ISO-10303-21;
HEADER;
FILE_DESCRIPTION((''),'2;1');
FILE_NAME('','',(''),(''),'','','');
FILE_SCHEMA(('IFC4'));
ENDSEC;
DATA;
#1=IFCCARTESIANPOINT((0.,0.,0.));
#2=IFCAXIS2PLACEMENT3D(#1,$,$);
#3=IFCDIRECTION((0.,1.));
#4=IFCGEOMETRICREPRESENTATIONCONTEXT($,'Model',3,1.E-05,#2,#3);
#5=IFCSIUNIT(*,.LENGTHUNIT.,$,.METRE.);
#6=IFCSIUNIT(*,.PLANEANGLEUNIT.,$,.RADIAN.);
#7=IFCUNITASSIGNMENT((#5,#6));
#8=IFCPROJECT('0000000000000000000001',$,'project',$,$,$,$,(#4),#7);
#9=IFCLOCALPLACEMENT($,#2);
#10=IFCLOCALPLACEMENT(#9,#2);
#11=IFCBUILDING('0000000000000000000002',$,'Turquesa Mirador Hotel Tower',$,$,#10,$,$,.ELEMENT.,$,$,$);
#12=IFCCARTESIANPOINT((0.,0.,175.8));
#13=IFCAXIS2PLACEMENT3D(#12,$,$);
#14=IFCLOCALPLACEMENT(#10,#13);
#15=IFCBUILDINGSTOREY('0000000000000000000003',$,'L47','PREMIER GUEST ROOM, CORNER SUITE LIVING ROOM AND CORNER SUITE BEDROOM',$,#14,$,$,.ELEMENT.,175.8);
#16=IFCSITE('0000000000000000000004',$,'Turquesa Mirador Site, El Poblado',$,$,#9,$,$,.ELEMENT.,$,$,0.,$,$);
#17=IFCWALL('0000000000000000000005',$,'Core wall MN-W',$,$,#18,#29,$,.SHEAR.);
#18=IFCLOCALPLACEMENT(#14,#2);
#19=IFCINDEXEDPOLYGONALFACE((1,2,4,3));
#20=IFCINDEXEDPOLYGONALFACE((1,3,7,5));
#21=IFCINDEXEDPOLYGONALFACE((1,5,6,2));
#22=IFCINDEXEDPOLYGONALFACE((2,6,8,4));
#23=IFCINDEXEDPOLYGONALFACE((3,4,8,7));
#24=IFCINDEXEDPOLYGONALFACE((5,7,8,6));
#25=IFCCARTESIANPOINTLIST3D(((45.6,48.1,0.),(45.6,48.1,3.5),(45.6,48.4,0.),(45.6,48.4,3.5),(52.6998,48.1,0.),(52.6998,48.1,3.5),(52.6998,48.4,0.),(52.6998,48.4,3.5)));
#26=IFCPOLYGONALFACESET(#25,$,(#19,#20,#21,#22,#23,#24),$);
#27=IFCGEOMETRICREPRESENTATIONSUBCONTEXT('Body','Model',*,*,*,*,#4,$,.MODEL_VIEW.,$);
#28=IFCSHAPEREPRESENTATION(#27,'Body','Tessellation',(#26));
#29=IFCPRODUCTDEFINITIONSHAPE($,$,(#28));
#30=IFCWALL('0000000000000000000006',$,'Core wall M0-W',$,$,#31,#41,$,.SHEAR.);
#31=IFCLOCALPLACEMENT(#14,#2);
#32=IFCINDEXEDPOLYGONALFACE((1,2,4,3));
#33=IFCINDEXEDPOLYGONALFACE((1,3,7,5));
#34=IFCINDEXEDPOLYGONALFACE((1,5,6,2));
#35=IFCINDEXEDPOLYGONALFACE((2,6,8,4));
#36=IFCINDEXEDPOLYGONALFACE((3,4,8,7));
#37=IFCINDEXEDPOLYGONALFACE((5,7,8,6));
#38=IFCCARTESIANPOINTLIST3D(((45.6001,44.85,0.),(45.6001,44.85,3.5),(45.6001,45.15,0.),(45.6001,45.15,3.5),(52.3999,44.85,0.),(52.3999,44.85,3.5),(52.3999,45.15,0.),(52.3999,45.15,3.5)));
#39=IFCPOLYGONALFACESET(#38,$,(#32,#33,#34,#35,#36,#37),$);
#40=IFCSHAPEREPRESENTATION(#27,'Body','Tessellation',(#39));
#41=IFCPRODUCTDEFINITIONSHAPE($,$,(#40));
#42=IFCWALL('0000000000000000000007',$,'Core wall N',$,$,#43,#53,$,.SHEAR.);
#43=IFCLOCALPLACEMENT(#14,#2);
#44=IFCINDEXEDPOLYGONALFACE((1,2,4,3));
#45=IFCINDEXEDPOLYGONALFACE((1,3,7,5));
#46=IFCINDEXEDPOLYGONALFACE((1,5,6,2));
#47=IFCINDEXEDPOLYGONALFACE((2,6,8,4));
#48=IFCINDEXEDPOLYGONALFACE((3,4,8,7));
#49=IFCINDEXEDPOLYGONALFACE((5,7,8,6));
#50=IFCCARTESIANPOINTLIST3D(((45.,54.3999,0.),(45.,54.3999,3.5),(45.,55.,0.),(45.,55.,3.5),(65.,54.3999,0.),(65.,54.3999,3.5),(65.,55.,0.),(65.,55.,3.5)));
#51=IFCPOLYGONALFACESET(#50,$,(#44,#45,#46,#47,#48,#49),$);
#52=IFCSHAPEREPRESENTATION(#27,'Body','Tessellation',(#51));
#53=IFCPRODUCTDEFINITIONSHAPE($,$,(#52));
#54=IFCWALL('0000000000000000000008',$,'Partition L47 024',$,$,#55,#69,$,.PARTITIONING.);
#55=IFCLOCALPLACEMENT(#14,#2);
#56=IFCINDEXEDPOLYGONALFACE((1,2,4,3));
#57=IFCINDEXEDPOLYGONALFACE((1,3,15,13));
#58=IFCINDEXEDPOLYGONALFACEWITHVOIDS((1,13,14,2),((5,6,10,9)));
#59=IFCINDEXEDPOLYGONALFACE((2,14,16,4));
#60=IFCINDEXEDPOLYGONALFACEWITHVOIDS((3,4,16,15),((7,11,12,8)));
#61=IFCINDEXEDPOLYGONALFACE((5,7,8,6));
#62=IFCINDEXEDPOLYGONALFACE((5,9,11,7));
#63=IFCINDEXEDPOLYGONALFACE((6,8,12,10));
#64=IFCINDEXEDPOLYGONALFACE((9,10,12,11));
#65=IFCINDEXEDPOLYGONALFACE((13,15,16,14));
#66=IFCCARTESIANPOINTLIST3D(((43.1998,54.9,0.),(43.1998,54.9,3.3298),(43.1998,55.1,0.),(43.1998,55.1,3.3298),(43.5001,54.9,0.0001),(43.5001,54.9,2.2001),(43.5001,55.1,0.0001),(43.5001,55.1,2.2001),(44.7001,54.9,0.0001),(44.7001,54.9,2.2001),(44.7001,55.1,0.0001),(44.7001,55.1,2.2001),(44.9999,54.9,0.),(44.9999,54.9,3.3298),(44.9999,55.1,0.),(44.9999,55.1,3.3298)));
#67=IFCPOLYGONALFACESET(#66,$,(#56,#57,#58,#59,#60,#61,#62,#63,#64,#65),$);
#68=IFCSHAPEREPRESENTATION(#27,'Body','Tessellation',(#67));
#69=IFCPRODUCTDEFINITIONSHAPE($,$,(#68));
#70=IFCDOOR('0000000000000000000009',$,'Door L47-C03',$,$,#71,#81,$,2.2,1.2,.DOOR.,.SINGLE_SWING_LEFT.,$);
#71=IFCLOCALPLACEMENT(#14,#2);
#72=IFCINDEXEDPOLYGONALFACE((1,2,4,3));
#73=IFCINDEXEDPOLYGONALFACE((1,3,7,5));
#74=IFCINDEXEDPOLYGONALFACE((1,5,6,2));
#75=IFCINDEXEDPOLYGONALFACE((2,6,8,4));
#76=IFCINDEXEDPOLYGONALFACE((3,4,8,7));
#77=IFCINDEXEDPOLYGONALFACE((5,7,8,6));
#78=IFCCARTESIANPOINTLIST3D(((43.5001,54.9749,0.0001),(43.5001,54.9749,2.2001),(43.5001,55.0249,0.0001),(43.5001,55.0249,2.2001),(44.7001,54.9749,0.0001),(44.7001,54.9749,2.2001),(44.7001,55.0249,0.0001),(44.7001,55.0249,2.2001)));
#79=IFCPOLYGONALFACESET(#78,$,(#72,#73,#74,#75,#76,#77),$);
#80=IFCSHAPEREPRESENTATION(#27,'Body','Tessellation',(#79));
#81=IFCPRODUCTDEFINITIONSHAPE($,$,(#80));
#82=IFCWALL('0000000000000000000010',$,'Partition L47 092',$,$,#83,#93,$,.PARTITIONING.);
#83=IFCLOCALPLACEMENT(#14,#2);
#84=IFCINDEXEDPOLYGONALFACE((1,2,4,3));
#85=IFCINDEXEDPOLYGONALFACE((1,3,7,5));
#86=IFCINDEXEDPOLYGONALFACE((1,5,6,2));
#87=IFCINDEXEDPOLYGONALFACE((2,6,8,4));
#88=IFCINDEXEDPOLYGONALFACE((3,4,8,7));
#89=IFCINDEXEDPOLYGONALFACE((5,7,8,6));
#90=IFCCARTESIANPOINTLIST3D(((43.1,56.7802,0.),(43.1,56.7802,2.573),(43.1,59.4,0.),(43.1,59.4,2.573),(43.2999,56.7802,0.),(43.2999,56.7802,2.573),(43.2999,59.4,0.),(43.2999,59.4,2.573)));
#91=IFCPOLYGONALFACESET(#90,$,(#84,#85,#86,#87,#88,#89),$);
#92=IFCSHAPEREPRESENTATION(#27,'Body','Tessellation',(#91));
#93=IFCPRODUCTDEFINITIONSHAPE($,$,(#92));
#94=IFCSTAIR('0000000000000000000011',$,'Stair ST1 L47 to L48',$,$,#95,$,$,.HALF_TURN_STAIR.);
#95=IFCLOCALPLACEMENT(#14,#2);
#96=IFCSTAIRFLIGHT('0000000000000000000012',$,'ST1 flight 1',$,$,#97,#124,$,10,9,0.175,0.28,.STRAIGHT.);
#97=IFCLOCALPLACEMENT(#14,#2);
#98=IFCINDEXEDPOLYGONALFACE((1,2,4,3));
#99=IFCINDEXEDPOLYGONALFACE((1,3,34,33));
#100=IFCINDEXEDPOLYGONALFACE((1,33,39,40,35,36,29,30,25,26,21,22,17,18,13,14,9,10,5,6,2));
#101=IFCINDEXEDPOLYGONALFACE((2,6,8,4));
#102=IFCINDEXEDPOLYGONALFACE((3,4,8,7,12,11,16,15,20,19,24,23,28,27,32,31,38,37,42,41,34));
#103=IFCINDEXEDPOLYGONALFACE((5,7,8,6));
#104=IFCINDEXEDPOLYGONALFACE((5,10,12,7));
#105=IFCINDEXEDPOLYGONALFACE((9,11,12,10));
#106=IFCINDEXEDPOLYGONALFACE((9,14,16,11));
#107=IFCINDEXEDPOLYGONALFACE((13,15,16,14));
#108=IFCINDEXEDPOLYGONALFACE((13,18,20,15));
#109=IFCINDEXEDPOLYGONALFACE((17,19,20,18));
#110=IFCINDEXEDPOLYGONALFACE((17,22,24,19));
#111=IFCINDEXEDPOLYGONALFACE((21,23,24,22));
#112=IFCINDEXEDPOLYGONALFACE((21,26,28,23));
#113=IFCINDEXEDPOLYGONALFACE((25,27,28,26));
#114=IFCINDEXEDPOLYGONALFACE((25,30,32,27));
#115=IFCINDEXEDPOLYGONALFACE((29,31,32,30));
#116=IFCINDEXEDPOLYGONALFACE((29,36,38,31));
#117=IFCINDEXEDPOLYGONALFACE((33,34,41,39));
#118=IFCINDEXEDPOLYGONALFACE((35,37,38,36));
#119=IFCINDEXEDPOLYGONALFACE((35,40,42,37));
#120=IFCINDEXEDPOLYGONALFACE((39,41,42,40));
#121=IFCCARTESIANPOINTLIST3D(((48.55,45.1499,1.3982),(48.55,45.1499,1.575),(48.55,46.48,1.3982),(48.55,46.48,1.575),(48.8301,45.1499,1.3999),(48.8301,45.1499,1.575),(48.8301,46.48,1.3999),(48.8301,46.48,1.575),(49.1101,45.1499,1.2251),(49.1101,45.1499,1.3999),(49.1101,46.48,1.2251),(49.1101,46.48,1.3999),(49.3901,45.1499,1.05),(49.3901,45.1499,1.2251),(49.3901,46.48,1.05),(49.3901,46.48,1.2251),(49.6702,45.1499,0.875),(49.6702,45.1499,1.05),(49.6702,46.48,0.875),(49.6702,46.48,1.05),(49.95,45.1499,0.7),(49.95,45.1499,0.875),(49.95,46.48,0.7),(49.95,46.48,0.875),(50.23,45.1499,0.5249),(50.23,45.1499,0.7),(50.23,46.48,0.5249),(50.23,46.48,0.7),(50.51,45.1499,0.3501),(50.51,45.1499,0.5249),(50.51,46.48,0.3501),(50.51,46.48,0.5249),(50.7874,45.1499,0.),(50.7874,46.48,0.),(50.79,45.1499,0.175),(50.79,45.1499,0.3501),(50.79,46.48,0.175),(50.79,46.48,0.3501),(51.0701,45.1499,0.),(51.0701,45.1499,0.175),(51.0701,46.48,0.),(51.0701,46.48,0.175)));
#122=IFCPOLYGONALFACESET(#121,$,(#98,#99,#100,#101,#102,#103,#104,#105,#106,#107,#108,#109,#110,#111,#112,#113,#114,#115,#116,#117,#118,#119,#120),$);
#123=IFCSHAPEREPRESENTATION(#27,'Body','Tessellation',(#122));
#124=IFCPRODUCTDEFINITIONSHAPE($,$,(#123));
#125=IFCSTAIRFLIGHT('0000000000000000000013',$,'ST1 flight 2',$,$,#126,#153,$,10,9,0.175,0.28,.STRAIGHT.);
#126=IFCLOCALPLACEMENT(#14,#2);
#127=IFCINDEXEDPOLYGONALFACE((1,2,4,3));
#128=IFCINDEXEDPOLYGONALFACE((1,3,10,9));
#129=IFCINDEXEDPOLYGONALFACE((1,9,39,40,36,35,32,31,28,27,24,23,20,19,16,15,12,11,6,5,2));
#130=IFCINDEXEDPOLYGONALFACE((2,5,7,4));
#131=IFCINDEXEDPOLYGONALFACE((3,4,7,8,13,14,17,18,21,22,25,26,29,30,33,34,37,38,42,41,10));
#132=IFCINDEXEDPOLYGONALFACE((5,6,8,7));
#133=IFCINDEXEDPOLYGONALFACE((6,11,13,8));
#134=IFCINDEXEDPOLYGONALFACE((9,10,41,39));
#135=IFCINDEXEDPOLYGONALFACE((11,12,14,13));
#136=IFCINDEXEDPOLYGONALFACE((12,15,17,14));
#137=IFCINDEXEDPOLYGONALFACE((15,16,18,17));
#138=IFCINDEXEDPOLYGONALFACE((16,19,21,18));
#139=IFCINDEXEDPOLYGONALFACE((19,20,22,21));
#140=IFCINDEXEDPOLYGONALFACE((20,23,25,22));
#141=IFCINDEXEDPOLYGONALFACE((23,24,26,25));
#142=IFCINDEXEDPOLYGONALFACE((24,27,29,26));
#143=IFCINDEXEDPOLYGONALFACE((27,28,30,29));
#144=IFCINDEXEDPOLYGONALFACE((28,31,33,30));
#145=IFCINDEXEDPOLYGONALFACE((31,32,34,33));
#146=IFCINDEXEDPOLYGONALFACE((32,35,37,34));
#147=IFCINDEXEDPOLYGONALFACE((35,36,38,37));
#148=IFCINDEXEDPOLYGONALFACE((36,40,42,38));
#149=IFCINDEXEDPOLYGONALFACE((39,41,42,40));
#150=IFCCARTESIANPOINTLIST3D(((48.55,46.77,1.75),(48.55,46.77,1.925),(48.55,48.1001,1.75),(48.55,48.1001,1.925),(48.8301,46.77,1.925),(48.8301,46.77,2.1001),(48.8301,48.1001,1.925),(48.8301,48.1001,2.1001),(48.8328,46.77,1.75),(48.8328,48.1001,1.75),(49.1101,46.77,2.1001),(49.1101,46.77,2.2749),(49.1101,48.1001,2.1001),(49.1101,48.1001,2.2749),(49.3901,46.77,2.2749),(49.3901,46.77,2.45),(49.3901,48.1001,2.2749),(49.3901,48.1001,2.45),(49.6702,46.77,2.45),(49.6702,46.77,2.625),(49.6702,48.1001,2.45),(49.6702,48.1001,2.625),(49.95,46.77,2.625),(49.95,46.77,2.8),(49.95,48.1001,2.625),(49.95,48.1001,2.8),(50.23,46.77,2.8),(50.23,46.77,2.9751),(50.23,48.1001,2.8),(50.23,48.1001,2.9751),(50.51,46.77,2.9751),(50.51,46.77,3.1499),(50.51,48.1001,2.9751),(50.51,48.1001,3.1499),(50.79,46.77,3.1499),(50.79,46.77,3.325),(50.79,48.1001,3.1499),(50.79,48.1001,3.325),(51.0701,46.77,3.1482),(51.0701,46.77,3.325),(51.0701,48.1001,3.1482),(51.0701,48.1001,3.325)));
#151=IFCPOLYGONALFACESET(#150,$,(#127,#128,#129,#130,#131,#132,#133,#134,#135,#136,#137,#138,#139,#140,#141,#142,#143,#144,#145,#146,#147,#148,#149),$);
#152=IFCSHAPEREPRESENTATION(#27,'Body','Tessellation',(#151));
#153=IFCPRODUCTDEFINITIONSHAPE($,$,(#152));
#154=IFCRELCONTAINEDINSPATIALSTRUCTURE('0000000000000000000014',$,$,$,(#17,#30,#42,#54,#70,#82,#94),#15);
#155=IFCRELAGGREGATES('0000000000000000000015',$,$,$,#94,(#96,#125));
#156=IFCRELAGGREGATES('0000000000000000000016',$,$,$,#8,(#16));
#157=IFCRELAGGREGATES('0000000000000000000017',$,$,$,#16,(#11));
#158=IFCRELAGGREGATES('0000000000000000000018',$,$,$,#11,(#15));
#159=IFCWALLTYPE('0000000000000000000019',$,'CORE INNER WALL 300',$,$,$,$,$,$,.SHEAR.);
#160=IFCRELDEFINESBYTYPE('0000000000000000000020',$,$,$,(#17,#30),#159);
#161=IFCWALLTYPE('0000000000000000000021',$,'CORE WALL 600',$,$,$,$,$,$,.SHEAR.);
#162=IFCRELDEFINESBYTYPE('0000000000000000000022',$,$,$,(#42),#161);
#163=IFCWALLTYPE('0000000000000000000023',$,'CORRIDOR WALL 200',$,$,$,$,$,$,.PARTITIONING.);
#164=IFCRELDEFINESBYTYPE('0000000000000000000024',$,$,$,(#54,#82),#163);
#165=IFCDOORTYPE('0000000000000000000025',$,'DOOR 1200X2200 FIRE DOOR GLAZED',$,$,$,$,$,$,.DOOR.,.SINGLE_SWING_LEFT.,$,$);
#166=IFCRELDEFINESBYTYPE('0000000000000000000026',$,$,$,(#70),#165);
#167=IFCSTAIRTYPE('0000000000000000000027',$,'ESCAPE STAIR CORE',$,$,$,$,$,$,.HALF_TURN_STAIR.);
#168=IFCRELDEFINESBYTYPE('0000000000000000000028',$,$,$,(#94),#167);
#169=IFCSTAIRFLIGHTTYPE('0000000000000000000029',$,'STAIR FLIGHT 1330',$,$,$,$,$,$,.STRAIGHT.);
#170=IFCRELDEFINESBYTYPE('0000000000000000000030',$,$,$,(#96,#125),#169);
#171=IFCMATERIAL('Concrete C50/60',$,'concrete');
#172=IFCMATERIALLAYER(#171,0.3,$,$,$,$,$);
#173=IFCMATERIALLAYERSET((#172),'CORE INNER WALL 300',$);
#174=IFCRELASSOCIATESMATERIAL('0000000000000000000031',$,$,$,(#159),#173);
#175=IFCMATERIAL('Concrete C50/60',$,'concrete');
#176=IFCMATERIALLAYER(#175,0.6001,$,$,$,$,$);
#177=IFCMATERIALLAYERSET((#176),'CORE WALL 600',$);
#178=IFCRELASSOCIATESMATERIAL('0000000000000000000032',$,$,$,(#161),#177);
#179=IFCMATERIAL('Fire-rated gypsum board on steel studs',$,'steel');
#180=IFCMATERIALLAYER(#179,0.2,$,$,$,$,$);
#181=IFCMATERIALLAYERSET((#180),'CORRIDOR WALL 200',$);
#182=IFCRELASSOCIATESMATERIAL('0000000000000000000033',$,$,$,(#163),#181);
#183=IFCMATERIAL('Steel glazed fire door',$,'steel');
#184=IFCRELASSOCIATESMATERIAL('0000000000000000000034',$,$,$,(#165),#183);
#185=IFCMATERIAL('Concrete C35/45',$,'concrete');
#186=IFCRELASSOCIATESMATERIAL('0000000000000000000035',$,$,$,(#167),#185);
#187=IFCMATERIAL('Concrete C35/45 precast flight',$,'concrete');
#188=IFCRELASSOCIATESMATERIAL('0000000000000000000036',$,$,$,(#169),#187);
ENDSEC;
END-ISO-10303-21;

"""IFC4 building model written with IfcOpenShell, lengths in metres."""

from ifc_helpers import new_model, si_unit, direction, frame, frame_2d, origin, place, context, subcontext, project, spatial, polyline, rectangle, outline, extrude, material, layer, layer_set, type_object, element, fill, aggregate, save


model = new_model("IFC4")

# Units and contexts
model_context = context("Model", 3, precision=1e-05, world=origin(), true_north=direction((0.0, 1.0)))
body_context = subcontext(model_context, "Body", "Model", "MODEL_VIEW")
ifc_project = project(units=[si_unit("LENGTHUNIT", "METRE"), si_unit("PLANEANGLEUNIT", "RADIAN")], contexts=[model_context])

# Site, building, storey
site_placement = place(None, origin())
site = spatial("IfcSite", under=ifc_project, at=site_placement, Name="Turquesa Mirador Site, El Poblado", CompositionType="ELEMENT", RefElevation=0.0)
building_placement = place(site_placement, origin())
building = spatial("IfcBuilding", under=site, at=building_placement, Name="Turquesa Mirador Hotel Tower", CompositionType="ELEMENT")
storey_placement = place(building_placement, frame((0.0, 0.0, 175.8)))
storey = spatial("IfcBuildingStorey", under=building, at=storey_placement, Name="L47", Description="PREMIER GUEST ROOM, CORNER SUITE LIVING ROOM AND CORNER SUITE BEDROOM", CompositionType="ELEMENT", Elevation=175.8)

# Shared definitions
ifc_material_1 = material(Name="Concrete C50/60", Category="concrete")
ifc_layer_1 = layer(ifc_material_1, 0.3)
ifc_layer_set_1 = layer_set([ifc_layer_1], Name="CORE INNER WALL 300")
wall_type_1 = type_object("IfcWallType", Name="CORE INNER WALL 300", PredefinedType="SHEAR", material=ifc_layer_set_1)

# Walls
wall_1_placement = place(storey_placement, frame((45.6001, 48.25, 0.0), z_axis=(0.0, 0.0, 1.0), x_axis=(1.0, 0.0, 0.0)))
element("IfcWall", 1, at=wall_1_placement, inside=storey, type_object=wall_type_1, Name="Core wall MN-W", PredefinedType="SHEAR", context=body_context, shape_type="SweptSolid", body=[
    extrude(rectangle(XDim=7.0999, YDim=0.3, at=frame_2d((3.5498, 0.0))), origin(), (0.0, 0.0, 1.0), 3.5),
])
wall_2_placement = place(storey_placement, frame((45.6001, 45.0, 0.0), z_axis=(0.0, 0.0, 1.0), x_axis=(1.0, 0.0, 0.0)))
element("IfcWall", 2, at=wall_2_placement, inside=storey, type_object=wall_type_1, Name="Core wall M0-W", PredefinedType="SHEAR", context=body_context, shape_type="SweptSolid", body=[
    extrude(rectangle(XDim=6.7998, YDim=0.3, at=frame_2d((3.3999, 0.0))), origin(), (0.0, 0.0, 1.0), 3.5),
])
ifc_material_2 = material(Name="Concrete C50/60", Category="concrete")
ifc_layer_2 = layer(ifc_material_2, 0.6001)
ifc_layer_set_2 = layer_set([ifc_layer_2], Name="CORE WALL 600")
wall_type_2 = type_object("IfcWallType", Name="CORE WALL 600", PredefinedType="SHEAR", material=ifc_layer_set_2)
wall_3_placement = place(storey_placement, frame((45.0, 54.7, 0.0), z_axis=(0.0, 0.0, 1.0), x_axis=(1.0, 0.0, 0.0)))
element("IfcWall", 3, at=wall_3_placement, inside=storey, type_object=wall_type_2, Name="Core wall N", PredefinedType="SHEAR", context=body_context, shape_type="SweptSolid", body=[
    extrude(rectangle(XDim=20.0, YDim=0.6001, at=frame_2d((10.0, 0.0))), origin(), (0.0, 0.0, 1.0), 3.5),
])

# Wall, opening, door
ifc_material_3 = material(Name="Fire-rated gypsum board on steel studs", Category="steel")
ifc_layer_3 = layer(ifc_material_3, 0.2)
ifc_layer_set_3 = layer_set([ifc_layer_3], Name="CORRIDOR WALL 200")
wall_type_3 = type_object("IfcWallType", Name="CORRIDOR WALL 200", PredefinedType="PARTITIONING", material=ifc_layer_set_3)
wall_4_placement = place(storey_placement, frame((43.2, 55.0, 0.0), z_axis=(0.0, 0.0, 1.0), x_axis=(1.0, 0.0, 0.0)))
wall_4 = element("IfcWall", 4, at=wall_4_placement, inside=storey, type_object=wall_type_3, Name="Partition L47 024", PredefinedType="PARTITIONING", context=body_context, shape_type="SweptSolid", body=[
    extrude(rectangle(XDim=1.8, YDim=0.2, at=frame_2d((0.8999, 0.0))), origin(), (0.0, 0.0, 1.0), 3.3298),
])
opening_1_placement = place(wall_4_placement, frame((0.3, 0.0, 0.0)))
opening_1 = element("IfcOpeningElement", 5, at=opening_1_placement, cuts=wall_4, PredefinedType="OPENING", context=body_context, shape_type="SweptSolid", body=[
    extrude(rectangle(XDim=1.2, YDim=2.2, at=frame_2d((0.6001, 1.1001))), frame((0.0, 0.1099, 0.0), z_axis=(0.0, -1.0, 0.0), x_axis=(1.0, 0.0, 0.0)), (0.0, 0.0, 1.0), 0.22),
])
ifc_material_4 = material(Name="Steel glazed fire door", Category="steel")
door_type_1 = type_object("IfcDoorType", Name="DOOR 1200X2200 FIRE DOOR GLAZED", OperationType="SINGLE_SWING_LEFT", PredefinedType="DOOR", material=ifc_material_4)
door_1_placement = place(opening_1_placement, origin())
door_1 = element("IfcDoor", 6, at=door_1_placement, inside=storey, type_object=door_type_1, Name="Door L47-C03", OperationType="SINGLE_SWING_LEFT", OverallHeight=2.2, OverallWidth=1.2, PredefinedType="DOOR", context=body_context, shape_type="SweptSolid", body=[
    extrude(rectangle(XDim=1.2, YDim=2.2, at=frame_2d((0.6001, 1.1001))), frame((0.0, 0.0249, 0.0), z_axis=(0.0, -1.0, 0.0), x_axis=(1.0, 0.0, 0.0)), (0.0, 0.0, 1.0), 0.05),
])
fill(opening_1, door_1)

# Wall
wall_5_placement = place(storey_placement, frame((43.2, 56.78, 0.0), z_axis=(0.0, 0.0, 1.0), x_axis=(0.0, 1.0, 0.0)))
element("IfcWall", 7, at=wall_5_placement, inside=storey, type_object=wall_type_3, Name="Partition L47 092", PredefinedType="PARTITIONING", context=body_context, shape_type="SweptSolid", body=[
    extrude(rectangle(XDim=2.6199, YDim=0.2, at=frame_2d((1.3101, 0.0))), origin(), (0.0, 0.0, 1.0), 2.573),
])

# Stair, stair flights
ifc_material_5 = material(Name="Concrete C35/45", Category="concrete")
stair_type = type_object("IfcStairType", Name="ESCAPE STAIR CORE", PredefinedType="HALF_TURN_STAIR", material=ifc_material_5)
stair_1_placement = place(storey_placement, origin())
stair_1 = element("IfcStair", 8, at=stair_1_placement, inside=storey, type_object=stair_type, Name="Stair ST1 L47 to L48", PredefinedType="HALF_TURN_STAIR")
ifc_material_6 = material(Name="Concrete C35/45 precast flight", Category="concrete")
stair_flight_type = type_object("IfcStairFlightType", Name="STAIR FLIGHT 1330", PredefinedType="STRAIGHT", material=ifc_material_6)
stair_flight_1_placement = place(storey_placement, frame((51.0701, 45.8149, 0.0), z_axis=(0.0, 0.0, 1.0), x_axis=(-1.0, 0.0, 0.0)))
stair_flight_1 = element("IfcStairFlight", 9, at=stair_flight_1_placement, type_object=stair_flight_type, Name="ST1 flight 1", NumberOfRisers=10, NumberOfTreads=9, PredefinedType="STRAIGHT", RiserHeight=0.175, TreadLength=0.28, context=body_context, shape_type="SweptSolid", body=[
    extrude(outline(polyline([(0.0, 0.0), (0.0, 0.175), (0.28, 0.175), (0.28, 0.3501), (0.5601, 0.3501), (0.5601, 0.5249), (0.8401, 0.5249), (0.8401, 0.7), (1.1201, 0.7), (1.1201, 0.875), (1.3999, 0.875), (1.3999, 1.05), (1.6799, 1.05), (1.6799, 1.2251), (1.96, 1.2251), (1.96, 1.3999), (2.24, 1.3999), (2.24, 1.575), (2.52, 1.575), (2.52, 1.75), (2.52, 1.3982), (0.2827, 0.0), (0.0, 0.0)])), frame((0.0, 0.665, 0.0), z_axis=(0.0, -1.0, 0.0), x_axis=(1.0, 0.0, 0.0)), (0.0, 0.0, 1.0), 1.3301),
])
stair_flight_2_placement = place(storey_placement, frame((48.55, 47.4351, 1.75), z_axis=(0.0, 0.0, 1.0), x_axis=(1.0, 0.0, 0.0)))
stair_flight_2 = element("IfcStairFlight", 10, at=stair_flight_2_placement, type_object=stair_flight_type, Name="ST1 flight 2", NumberOfRisers=10, NumberOfTreads=9, PredefinedType="STRAIGHT", RiserHeight=0.175, TreadLength=0.28, context=body_context, shape_type="SweptSolid", body=[
    extrude(outline(polyline([(0.0, 0.0), (0.0, 0.175), (0.28, 0.175), (0.28, 0.3501), (0.5601, 0.3501), (0.5601, 0.5249), (0.8401, 0.5249), (0.8401, 0.7), (1.1201, 0.7), (1.1201, 0.875), (1.3999, 0.875), (1.3999, 1.05), (1.6799, 1.05), (1.6799, 1.2251), (1.96, 1.2251), (1.96, 1.3999), (2.24, 1.3999), (2.24, 1.575), (2.52, 1.575), (2.52, 1.75), (2.52, 1.3982), (0.2827, 0.0), (0.0, 0.0)])), frame((0.0, 0.665, 0.0), z_axis=(0.0, -1.0, 0.0), x_axis=(1.0, 0.0, 0.0)), (0.0, 0.0, 1.0), 1.3301),
])
aggregate(stair_1, [stair_flight_1, stair_flight_2])

save(model, "model.ifc")
